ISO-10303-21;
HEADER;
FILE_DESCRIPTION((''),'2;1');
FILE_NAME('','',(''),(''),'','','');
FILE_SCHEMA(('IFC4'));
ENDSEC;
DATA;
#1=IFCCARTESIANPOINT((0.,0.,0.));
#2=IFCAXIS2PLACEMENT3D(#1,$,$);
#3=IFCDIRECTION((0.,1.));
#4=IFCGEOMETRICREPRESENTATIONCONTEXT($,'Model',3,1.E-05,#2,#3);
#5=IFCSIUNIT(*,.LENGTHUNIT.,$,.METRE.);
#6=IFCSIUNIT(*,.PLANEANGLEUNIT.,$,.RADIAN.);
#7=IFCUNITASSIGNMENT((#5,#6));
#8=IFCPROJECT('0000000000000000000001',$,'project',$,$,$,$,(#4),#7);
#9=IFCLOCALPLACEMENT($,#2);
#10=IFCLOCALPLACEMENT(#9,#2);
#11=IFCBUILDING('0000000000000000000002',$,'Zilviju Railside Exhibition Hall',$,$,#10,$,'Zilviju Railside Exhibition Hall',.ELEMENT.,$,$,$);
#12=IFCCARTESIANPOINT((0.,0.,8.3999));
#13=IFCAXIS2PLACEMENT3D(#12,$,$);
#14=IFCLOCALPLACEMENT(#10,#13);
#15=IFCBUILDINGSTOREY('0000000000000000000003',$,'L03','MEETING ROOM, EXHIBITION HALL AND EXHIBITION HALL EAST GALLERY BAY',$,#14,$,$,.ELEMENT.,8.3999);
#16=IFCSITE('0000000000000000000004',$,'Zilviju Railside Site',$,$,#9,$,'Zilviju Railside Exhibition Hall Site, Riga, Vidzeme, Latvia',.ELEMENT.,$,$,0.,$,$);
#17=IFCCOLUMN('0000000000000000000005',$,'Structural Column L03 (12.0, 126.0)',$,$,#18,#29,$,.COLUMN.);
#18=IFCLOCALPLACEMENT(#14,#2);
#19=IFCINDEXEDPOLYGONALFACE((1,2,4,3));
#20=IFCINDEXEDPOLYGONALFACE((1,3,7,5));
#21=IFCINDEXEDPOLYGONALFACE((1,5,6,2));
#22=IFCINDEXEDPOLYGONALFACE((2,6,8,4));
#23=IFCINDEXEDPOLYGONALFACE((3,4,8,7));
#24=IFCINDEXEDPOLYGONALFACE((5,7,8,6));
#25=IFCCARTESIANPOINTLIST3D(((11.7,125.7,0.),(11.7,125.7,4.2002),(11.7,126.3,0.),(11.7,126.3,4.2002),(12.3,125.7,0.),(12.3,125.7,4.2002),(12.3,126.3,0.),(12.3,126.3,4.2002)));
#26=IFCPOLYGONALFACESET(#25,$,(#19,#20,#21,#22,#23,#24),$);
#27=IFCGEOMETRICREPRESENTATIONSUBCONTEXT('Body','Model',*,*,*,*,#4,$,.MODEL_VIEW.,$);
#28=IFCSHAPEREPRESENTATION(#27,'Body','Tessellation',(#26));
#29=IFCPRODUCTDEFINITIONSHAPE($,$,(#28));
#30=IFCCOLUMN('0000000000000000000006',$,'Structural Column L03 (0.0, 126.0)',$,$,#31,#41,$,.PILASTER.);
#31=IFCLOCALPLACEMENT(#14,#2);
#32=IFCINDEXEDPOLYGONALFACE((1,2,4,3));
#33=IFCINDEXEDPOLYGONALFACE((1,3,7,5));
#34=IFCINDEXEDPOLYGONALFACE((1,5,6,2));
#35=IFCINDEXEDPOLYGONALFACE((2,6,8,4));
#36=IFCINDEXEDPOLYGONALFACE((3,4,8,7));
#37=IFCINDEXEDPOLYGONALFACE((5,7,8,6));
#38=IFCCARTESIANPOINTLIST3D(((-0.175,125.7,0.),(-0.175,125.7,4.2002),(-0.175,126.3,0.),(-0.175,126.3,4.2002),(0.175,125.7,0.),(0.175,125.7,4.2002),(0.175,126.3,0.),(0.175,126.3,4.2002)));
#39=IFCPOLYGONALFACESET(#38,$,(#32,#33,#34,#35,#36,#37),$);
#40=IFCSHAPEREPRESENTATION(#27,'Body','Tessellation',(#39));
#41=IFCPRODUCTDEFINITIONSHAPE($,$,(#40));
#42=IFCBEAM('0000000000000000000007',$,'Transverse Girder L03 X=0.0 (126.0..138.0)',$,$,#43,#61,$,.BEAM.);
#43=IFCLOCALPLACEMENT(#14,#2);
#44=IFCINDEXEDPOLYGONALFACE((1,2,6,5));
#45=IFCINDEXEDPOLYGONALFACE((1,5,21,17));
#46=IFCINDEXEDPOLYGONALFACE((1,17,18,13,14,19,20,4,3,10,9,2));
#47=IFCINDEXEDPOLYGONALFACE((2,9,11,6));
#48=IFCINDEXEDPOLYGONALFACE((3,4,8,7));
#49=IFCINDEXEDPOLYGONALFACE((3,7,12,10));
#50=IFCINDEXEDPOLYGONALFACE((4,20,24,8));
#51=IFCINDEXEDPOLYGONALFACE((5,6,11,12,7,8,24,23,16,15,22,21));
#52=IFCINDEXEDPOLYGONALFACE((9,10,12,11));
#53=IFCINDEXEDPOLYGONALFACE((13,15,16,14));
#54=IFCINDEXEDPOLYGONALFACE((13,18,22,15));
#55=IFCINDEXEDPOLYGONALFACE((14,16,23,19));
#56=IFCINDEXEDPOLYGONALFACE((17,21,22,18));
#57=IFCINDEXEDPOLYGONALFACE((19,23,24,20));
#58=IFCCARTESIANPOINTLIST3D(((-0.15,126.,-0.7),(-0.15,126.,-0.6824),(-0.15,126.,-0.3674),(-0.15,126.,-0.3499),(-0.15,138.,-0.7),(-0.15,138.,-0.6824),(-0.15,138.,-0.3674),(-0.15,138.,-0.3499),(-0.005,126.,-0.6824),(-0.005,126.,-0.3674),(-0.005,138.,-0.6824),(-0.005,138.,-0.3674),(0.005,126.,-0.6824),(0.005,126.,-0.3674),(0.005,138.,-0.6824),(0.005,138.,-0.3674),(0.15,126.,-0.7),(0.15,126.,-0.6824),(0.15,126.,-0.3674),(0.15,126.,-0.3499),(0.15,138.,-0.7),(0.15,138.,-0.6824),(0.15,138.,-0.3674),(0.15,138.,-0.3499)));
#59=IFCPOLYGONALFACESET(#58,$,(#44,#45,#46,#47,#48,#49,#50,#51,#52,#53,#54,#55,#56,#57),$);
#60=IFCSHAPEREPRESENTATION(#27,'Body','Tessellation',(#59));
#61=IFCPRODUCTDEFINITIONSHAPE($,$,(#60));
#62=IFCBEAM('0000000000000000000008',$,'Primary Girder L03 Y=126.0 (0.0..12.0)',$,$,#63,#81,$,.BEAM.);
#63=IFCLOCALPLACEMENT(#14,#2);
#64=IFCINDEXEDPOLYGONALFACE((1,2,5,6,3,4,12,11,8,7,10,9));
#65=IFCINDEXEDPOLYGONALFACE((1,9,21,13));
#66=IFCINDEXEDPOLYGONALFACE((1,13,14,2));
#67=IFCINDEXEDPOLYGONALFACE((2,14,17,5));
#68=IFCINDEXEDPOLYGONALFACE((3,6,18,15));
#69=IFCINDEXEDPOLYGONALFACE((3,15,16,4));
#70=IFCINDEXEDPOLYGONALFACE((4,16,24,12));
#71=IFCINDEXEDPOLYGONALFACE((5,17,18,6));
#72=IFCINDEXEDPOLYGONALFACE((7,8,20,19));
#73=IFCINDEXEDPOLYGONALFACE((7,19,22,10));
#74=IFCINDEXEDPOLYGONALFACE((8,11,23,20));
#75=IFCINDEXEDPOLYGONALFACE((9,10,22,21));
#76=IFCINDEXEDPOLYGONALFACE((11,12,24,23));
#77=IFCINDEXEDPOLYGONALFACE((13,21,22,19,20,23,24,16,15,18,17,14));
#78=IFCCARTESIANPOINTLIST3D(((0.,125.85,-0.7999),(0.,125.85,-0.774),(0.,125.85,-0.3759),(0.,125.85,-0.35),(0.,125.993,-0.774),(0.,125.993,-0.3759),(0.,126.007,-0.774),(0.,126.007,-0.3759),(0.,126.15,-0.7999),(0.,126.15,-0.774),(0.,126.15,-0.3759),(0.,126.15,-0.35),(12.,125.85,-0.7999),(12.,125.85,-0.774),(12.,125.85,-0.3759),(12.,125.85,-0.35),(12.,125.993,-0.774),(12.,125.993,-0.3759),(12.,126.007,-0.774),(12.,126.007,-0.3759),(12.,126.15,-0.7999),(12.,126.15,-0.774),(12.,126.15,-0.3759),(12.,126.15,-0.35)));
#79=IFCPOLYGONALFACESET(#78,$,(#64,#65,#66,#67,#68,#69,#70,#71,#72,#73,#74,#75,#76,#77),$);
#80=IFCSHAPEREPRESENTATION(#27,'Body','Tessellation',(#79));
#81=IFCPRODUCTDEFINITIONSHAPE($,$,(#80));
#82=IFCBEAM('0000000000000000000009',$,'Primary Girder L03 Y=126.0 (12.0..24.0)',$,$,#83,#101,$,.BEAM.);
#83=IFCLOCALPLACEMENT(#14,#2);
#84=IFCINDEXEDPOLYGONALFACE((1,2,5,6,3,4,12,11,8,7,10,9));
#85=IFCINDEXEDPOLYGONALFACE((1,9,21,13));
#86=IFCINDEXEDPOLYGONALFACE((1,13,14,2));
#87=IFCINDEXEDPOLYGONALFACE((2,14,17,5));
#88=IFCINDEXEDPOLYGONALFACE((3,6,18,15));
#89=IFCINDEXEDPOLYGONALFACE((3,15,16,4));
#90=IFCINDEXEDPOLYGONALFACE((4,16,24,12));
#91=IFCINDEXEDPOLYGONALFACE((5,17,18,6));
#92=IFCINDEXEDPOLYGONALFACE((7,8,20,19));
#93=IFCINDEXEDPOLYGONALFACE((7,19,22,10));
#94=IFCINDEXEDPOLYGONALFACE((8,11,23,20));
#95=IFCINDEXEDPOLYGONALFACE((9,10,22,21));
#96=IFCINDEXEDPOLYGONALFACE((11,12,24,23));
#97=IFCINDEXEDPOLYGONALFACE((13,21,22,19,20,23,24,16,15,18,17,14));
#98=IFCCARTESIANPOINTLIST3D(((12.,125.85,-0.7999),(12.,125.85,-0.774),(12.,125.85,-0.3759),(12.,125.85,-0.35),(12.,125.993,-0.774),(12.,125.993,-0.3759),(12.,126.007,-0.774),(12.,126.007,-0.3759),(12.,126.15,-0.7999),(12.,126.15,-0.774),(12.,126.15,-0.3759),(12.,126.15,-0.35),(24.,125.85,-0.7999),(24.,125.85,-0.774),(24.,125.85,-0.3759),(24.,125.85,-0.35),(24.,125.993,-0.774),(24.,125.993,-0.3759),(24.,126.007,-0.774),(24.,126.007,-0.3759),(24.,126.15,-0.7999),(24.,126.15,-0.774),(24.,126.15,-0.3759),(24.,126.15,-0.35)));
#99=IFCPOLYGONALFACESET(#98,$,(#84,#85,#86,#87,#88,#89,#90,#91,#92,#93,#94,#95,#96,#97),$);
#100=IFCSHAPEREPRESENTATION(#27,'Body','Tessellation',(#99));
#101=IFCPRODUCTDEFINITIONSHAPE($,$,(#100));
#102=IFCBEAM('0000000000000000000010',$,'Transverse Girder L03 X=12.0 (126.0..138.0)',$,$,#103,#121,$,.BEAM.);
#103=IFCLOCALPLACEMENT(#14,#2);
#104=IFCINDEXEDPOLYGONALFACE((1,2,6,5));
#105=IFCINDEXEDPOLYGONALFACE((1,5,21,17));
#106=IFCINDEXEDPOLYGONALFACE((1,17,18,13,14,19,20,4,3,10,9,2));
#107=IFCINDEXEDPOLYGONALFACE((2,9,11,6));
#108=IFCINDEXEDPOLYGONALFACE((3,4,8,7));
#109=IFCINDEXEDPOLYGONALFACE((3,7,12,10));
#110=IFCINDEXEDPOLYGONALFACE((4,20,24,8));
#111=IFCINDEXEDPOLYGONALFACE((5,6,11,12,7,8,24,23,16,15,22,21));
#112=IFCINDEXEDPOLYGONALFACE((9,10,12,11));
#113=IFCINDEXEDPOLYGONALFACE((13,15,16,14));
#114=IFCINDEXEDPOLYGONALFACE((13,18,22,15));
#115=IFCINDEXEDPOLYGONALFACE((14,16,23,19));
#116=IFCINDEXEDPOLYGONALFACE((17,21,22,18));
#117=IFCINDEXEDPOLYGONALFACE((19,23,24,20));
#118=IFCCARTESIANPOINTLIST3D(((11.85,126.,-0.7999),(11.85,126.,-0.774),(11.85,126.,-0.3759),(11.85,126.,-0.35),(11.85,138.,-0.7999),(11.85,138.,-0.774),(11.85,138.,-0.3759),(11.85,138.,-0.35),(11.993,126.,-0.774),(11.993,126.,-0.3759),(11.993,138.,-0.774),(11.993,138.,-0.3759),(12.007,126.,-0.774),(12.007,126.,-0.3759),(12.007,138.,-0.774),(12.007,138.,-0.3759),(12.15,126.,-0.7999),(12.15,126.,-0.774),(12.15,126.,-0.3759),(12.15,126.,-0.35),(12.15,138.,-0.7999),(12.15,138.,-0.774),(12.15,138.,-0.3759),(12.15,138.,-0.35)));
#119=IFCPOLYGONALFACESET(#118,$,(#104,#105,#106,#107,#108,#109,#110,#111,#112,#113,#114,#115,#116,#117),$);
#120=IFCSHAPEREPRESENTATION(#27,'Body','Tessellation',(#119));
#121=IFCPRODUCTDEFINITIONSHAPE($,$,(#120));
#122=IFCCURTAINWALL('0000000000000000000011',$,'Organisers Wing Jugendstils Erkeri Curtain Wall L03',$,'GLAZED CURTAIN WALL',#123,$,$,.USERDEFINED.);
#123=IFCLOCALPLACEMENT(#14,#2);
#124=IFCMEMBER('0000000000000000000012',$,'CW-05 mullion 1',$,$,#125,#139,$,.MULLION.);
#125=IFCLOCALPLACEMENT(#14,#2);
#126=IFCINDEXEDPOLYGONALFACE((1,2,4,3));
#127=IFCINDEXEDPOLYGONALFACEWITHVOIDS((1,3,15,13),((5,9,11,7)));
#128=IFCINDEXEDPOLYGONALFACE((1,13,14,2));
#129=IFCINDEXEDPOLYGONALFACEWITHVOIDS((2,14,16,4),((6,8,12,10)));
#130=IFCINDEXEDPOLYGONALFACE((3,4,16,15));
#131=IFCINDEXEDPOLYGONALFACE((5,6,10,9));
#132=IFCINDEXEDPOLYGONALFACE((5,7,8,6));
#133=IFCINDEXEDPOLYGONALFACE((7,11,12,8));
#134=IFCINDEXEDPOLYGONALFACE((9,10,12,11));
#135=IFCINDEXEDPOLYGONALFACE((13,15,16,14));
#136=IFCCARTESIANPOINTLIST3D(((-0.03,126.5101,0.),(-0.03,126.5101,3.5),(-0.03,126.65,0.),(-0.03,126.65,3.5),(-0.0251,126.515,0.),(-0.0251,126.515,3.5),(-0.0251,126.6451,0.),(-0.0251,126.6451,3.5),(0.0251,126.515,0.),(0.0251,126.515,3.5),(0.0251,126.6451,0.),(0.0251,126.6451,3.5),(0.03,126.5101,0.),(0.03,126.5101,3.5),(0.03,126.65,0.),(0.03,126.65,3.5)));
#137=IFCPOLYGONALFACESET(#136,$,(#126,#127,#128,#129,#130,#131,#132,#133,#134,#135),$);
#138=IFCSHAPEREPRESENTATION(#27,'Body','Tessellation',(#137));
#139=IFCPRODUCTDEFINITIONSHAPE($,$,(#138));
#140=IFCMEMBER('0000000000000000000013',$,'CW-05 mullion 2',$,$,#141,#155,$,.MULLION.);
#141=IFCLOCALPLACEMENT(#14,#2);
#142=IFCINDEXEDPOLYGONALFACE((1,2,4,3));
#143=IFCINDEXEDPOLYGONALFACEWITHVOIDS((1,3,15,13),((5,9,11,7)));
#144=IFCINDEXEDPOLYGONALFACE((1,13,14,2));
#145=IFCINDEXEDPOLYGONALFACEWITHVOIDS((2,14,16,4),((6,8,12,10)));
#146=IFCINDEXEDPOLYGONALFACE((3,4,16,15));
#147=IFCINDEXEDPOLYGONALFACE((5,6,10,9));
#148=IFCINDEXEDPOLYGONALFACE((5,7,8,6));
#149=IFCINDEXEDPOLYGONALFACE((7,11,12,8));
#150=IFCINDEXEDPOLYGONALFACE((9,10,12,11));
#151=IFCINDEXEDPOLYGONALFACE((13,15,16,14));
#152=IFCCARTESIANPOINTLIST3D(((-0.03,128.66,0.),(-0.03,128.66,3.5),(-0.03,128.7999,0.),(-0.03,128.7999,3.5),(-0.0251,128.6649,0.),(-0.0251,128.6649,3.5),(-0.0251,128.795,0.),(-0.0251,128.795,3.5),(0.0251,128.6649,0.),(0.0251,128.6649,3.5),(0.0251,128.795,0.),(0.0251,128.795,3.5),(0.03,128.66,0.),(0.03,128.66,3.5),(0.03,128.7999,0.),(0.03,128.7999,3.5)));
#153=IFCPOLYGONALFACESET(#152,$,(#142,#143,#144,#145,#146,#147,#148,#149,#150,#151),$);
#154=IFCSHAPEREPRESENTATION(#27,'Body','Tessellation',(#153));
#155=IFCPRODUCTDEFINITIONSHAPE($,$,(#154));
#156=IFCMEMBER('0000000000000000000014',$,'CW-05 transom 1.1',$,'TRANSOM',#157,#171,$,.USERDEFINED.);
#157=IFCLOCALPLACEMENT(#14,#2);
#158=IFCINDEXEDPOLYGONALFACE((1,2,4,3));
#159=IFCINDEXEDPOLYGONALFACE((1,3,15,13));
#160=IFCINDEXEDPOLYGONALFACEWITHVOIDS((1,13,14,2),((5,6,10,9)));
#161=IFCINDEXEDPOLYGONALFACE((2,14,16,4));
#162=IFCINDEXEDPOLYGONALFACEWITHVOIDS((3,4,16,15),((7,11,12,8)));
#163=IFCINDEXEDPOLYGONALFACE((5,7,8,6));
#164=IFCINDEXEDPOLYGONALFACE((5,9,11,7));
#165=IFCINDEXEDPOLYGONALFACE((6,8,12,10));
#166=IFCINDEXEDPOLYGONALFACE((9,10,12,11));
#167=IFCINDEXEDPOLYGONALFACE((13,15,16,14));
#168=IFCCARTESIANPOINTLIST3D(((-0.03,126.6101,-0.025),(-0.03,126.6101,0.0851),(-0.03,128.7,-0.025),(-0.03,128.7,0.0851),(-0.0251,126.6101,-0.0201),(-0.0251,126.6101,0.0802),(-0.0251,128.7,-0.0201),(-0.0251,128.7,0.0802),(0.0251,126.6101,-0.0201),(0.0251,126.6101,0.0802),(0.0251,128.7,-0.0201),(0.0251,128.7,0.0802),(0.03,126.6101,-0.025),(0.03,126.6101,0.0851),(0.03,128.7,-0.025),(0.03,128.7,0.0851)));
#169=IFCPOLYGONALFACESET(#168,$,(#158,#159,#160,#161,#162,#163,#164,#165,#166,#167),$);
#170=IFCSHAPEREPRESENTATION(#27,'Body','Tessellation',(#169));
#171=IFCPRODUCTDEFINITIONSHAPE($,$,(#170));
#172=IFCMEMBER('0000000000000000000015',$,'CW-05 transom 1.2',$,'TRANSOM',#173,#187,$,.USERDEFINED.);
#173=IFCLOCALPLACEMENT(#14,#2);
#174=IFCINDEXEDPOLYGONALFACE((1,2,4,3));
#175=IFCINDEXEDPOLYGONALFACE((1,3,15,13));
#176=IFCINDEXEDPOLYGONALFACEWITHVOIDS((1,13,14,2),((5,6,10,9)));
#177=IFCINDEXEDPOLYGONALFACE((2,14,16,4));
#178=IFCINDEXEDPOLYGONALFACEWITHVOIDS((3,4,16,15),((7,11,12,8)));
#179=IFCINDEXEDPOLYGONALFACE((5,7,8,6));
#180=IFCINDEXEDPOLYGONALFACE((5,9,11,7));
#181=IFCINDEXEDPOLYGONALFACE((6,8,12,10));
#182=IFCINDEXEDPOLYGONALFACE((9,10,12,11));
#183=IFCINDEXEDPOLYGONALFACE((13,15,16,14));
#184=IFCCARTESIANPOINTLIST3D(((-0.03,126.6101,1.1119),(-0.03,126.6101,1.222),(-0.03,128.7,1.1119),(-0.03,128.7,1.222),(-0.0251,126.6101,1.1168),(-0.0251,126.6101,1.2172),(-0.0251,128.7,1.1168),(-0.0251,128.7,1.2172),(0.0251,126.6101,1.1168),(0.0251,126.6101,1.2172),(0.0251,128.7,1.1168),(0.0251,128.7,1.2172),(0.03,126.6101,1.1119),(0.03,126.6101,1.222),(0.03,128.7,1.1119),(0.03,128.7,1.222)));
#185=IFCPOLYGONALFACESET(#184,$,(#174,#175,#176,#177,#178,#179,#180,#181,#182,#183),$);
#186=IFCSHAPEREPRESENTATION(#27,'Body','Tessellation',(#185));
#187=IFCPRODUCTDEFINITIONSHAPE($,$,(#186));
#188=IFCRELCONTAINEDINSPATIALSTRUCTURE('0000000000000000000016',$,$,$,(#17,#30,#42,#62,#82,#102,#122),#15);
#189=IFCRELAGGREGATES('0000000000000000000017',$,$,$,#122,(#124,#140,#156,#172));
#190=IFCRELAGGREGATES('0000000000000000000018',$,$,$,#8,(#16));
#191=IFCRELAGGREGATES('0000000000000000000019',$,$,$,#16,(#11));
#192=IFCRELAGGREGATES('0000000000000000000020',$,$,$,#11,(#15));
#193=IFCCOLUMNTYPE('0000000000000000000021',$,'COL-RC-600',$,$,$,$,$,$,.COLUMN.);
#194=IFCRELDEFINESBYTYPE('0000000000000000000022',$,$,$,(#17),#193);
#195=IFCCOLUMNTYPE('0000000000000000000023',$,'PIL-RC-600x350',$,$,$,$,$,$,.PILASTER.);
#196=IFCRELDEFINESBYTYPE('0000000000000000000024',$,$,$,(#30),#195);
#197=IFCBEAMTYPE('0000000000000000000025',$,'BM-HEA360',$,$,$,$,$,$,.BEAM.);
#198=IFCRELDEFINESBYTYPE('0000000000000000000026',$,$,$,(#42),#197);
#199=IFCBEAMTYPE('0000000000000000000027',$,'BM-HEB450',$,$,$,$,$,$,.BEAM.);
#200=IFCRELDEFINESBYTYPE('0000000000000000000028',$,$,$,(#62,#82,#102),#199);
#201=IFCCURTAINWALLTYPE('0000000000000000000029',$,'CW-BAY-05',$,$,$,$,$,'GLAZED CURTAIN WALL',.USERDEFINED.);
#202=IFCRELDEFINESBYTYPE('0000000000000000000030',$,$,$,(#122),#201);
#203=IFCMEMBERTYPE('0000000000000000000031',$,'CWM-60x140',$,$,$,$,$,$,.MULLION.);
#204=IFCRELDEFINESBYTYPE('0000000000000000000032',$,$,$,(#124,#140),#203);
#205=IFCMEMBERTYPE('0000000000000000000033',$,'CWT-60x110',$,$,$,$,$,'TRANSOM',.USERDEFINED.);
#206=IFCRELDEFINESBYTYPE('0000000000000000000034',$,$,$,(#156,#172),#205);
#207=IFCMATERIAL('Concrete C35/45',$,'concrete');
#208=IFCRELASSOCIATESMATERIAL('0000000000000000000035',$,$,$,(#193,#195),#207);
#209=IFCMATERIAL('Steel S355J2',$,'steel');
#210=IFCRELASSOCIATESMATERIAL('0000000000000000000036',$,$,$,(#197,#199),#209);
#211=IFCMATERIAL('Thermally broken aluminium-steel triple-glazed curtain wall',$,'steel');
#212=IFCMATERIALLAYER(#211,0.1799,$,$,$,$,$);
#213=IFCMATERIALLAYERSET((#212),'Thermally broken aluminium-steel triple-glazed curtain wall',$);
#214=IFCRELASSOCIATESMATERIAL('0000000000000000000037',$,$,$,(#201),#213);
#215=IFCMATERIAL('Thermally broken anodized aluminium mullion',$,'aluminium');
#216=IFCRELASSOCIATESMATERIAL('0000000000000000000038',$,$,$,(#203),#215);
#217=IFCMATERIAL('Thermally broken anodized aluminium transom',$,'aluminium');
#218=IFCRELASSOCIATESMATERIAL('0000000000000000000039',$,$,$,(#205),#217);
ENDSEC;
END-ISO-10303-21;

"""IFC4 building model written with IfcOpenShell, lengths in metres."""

from ifc_helpers import new_model, si_unit, direction, frame, origin, origin_2d, place, context, subcontext, project, spatial, rectangle, hollow_rectangle, i_section, extrude, material, layer, layer_set, material_profile, profile_set, type_object, element, aggregate, save


model = new_model("IFC4")

# Units and contexts
model_context = context("Model", 3, precision=1e-05, world=origin(), true_north=direction((0.0, 1.0)))
body_context = subcontext(model_context, "Body", "Model", "MODEL_VIEW")
ifc_project = project(units=[si_unit("LENGTHUNIT", "METRE"), si_unit("PLANEANGLEUNIT", "RADIAN")], contexts=[model_context])

# Site, building, storey
site_placement = place(None, origin())
site = spatial("IfcSite", under=ifc_project, at=site_placement, Name="Zilviju Railside Site", LongName="Zilviju Railside Exhibition Hall Site, Riga, Vidzeme, Latvia", CompositionType="ELEMENT", RefElevation=0.0)
building_placement = place(site_placement, origin())
building = spatial("IfcBuilding", under=site, at=building_placement, Name="Zilviju Railside Exhibition Hall", LongName="Zilviju Railside Exhibition Hall", CompositionType="ELEMENT")
storey_placement = place(building_placement, frame((0.0, 0.0, 8.3999)))
storey = spatial("IfcBuildingStorey", under=building, at=storey_placement, Name="L03", Description="MEETING ROOM, EXHIBITION HALL AND EXHIBITION HALL EAST GALLERY BAY", CompositionType="ELEMENT", Elevation=8.3999)

# Columns
ifc_material_1 = material(Name="Concrete C35/45", Category="concrete")
ifc_material_profile_1 = material_profile(ifc_material_1, rectangle(XDim=0.6001, YDim=0.6001, at=origin_2d()), Name="RC COL 600x600")
ifc_profile_set_1 = profile_set([ifc_material_profile_1], Name="Concrete C35/45")
column_type_1 = type_object("IfcColumnType", Name="COL-RC-600", PredefinedType="COLUMN", material=ifc_profile_set_1)
column_1_placement = place(storey_placement, frame((12.0, 126.0, 0.0), z_axis=(0.0, 0.0, 1.0), x_axis=(1.0, 0.0, 0.0)))
element("IfcColumn", 1, at=column_1_placement, inside=storey, type_object=column_type_1, Name="Structural Column L03 (12.0, 126.0)", PredefinedType="COLUMN", context=body_context, shape_type="SweptSolid", body=[
    extrude(rectangle(XDim=0.6001, YDim=0.6001, at=origin_2d()), origin(), (0.0, 0.0, 1.0), 4.2002),
])
ifc_material_profile_2 = material_profile(ifc_material_1, rectangle(XDim=0.3501, YDim=0.6001, at=origin_2d()), Name="RC COL 350x600")
ifc_profile_set_2 = profile_set([ifc_material_profile_2], Name="Concrete C35/45")
column_type_2 = type_object("IfcColumnType", Name="PIL-RC-600x350", PredefinedType="PILASTER", material=ifc_profile_set_2)
column_2_placement = place(storey_placement, frame((0.0, 126.0, 0.0), z_axis=(0.0, 0.0, 1.0), x_axis=(1.0, 0.0, 0.0)))
element("IfcColumn", 2, at=column_2_placement, inside=storey, type_object=column_type_2, Name="Structural Column L03 (0.0, 126.0)", PredefinedType="PILASTER", context=body_context, shape_type="SweptSolid", body=[
    extrude(rectangle(XDim=0.3501, YDim=0.6001, at=origin_2d()), origin(), (0.0, 0.0, 1.0), 4.2002),
])

# Beams
ifc_material_2 = material(Name="Steel S355J2", Category="steel")
ifc_material_profile_3 = material_profile(ifc_material_2, i_section(OverallWidth=0.3, OverallDepth=0.3501, WebThickness=0.01, FlangeThickness=0.0176, at=origin_2d()), Name="HEA 360")
ifc_profile_set_3 = profile_set([ifc_material_profile_3], Name="Steel S355J2")
beam_type_1 = type_object("IfcBeamType", Name="BM-HEA360", PredefinedType="BEAM", material=ifc_profile_set_3)
beam_placement = place(storey_placement, frame((0.0, 126.0, -0.5249), z_axis=(0.0, 1.0, 0.0), x_axis=(-1.0, 0.0, 0.0)))
element("IfcBeam", 3, at=beam_placement, inside=storey, type_object=beam_type_1, Name="Transverse Girder L03 X=0.0 (126.0..138.0)", PredefinedType="BEAM", context=body_context, shape_type="SweptSolid", body=[
    extrude(i_section(OverallWidth=0.3, OverallDepth=0.3501, WebThickness=0.01, FlangeThickness=0.0176, at=origin_2d()), origin(), (0.0, 0.0, 1.0), 12.0),
])
ifc_material_profile_4 = material_profile(ifc_material_2, i_section(OverallWidth=0.3, OverallDepth=0.45, WebThickness=0.0139, FlangeThickness=0.0259, at=origin_2d()), Name="HEB 450")
ifc_profile_set_4 = profile_set([ifc_material_profile_4], Name="Steel S355J2")
beam_type_2 = type_object("IfcBeamType", Name="BM-HEB450", PredefinedType="BEAM", material=ifc_profile_set_4)
for number, where, z_axis, x_axis, name in (
    (4, (0.0, 126.0, -0.575), (1.0, 0.0, 0.0), (0.0, 1.0, 0.0), "Primary Girder L03 Y=126.0 (0.0..12.0)"),
    (5, (12.0, 126.0, -0.575), (1.0, 0.0, 0.0), (0.0, 1.0, 0.0), "Primary Girder L03 Y=126.0 (12.0..24.0)"),
    (6, (12.0, 126.0, -0.575), (0.0, 1.0, 0.0), (-1.0, 0.0, 0.0), "Transverse Girder L03 X=12.0 (126.0..138.0)"),
):
    element("IfcBeam", number, at=place(storey_placement, frame(where, z_axis=z_axis, x_axis=x_axis)), inside=storey, type_object=beam_type_2, Name=name, PredefinedType="BEAM", context=body_context, shape_type="SweptSolid", body=[
        extrude(i_section(OverallWidth=0.3, OverallDepth=0.45, WebThickness=0.0139, FlangeThickness=0.0259, at=origin_2d()), origin(), (0.0, 0.0, 1.0), 12.0),
    ])

# Curtain wall, members
ifc_material_3 = material(Name="Thermally broken aluminium-steel triple-glazed curtain wall", Category="steel")
ifc_layer_1 = layer(ifc_material_3, 0.1799)
ifc_layer_set_1 = layer_set([ifc_layer_1], Name="Thermally broken aluminium-steel triple-glazed curtain wall")
curtain_wall_type = type_object("IfcCurtainWallType", Name="CW-BAY-05", ElementType="GLAZED CURTAIN WALL", PredefinedType="USERDEFINED", material=ifc_layer_set_1)
curtain_wall_placement = place(storey_placement, origin())
curtain_wall = element("IfcCurtainWall", 7, at=curtain_wall_placement, inside=storey, type_object=curtain_wall_type, Name="Organisers Wing Jugendstils Erkeri Curtain Wall L03", ObjectType="GLAZED CURTAIN WALL", PredefinedType="USERDEFINED")
ifc_material_4 = material(Name="Thermally broken anodized aluminium mullion", Category="aluminium")
ifc_material_profile_5 = material_profile(ifc_material_4, hollow_rectangle(XDim=0.0601, YDim=0.1399, WallThickness=0.0049, at=origin_2d()), Name="MULLION 140x60x5")
ifc_profile_set_5 = profile_set([ifc_material_profile_5], Name="Thermally broken anodized aluminium mullion")
member_type_1 = type_object("IfcMemberType", Name="CWM-60x140", PredefinedType="MULLION", material=ifc_profile_set_5)
member_1_placement = place(storey_placement, frame((0.0, 126.5801, 0.0), z_axis=(0.0, 0.0, 1.0), x_axis=(-1.0, 0.0, 0.0)))
member_1 = element("IfcMember", 8, at=member_1_placement, type_object=member_type_1, Name="CW-05 mullion 1", PredefinedType="MULLION", context=body_context, shape_type="SweptSolid", body=[
    extrude(hollow_rectangle(XDim=0.0601, YDim=0.1399, WallThickness=0.0049, at=origin_2d()), origin(), (0.0, 0.0, 1.0), 3.5),
])
member_2_placement = place(storey_placement, frame((0.0, 128.73, 0.0), z_axis=(0.0, 0.0, 1.0), x_axis=(-1.0, 0.0, 0.0)))
member_2 = element("IfcMember", 9, at=member_2_placement, type_object=member_type_1, Name="CW-05 mullion 2", PredefinedType="MULLION", context=body_context, shape_type="SweptSolid", body=[
    extrude(hollow_rectangle(XDim=0.0601, YDim=0.1399, WallThickness=0.0049, at=origin_2d()), origin(), (0.0, 0.0, 1.0), 3.5),
])
ifc_material_5 = material(Name="Thermally broken anodized aluminium transom", Category="aluminium")
ifc_material_profile_6 = material_profile(ifc_material_5, hollow_rectangle(XDim=0.0601, YDim=0.1101, WallThickness=0.0049, at=origin_2d()), Name="TRANSOM 110x60x5")
ifc_profile_set_6 = profile_set([ifc_material_profile_6], Name="Thermally broken anodized aluminium transom")
member_type_2 = type_object("IfcMemberType", Name="CWT-60x110", ElementType="TRANSOM", PredefinedType="USERDEFINED", material=ifc_profile_set_6)
member_3_placement = place(storey_placement, frame((0.0, 126.6101, 0.03), z_axis=(0.0, 1.0, 0.0), x_axis=(-1.0, 0.0, 0.0)))
member_3 = element("IfcMember", 10, at=member_3_placement, type_object=member_type_2, Name="CW-05 transom 1.1", ObjectType="TRANSOM", PredefinedType="USERDEFINED", context=body_context, shape_type="SweptSolid", body=[
    extrude(hollow_rectangle(XDim=0.0601, YDim=0.1101, WallThickness=0.0049, at=origin_2d()), origin(), (0.0, 0.0, 1.0), 2.0898),
])
member_4_placement = place(storey_placement, frame((0.0, 126.6101, 1.167), z_axis=(0.0, 1.0, 0.0), x_axis=(-1.0, 0.0, 0.0)))
member_4 = element("IfcMember", 11, at=member_4_placement, type_object=member_type_2, Name="CW-05 transom 1.2", ObjectType="TRANSOM", PredefinedType="USERDEFINED", context=body_context, shape_type="SweptSolid", body=[
    extrude(hollow_rectangle(XDim=0.0601, YDim=0.1101, WallThickness=0.0049, at=origin_2d()), origin(), (0.0, 0.0, 1.0), 2.0898),
])
aggregate(curtain_wall, [member_1, member_2, member_3, member_4])

save(model, "model.ifc")
